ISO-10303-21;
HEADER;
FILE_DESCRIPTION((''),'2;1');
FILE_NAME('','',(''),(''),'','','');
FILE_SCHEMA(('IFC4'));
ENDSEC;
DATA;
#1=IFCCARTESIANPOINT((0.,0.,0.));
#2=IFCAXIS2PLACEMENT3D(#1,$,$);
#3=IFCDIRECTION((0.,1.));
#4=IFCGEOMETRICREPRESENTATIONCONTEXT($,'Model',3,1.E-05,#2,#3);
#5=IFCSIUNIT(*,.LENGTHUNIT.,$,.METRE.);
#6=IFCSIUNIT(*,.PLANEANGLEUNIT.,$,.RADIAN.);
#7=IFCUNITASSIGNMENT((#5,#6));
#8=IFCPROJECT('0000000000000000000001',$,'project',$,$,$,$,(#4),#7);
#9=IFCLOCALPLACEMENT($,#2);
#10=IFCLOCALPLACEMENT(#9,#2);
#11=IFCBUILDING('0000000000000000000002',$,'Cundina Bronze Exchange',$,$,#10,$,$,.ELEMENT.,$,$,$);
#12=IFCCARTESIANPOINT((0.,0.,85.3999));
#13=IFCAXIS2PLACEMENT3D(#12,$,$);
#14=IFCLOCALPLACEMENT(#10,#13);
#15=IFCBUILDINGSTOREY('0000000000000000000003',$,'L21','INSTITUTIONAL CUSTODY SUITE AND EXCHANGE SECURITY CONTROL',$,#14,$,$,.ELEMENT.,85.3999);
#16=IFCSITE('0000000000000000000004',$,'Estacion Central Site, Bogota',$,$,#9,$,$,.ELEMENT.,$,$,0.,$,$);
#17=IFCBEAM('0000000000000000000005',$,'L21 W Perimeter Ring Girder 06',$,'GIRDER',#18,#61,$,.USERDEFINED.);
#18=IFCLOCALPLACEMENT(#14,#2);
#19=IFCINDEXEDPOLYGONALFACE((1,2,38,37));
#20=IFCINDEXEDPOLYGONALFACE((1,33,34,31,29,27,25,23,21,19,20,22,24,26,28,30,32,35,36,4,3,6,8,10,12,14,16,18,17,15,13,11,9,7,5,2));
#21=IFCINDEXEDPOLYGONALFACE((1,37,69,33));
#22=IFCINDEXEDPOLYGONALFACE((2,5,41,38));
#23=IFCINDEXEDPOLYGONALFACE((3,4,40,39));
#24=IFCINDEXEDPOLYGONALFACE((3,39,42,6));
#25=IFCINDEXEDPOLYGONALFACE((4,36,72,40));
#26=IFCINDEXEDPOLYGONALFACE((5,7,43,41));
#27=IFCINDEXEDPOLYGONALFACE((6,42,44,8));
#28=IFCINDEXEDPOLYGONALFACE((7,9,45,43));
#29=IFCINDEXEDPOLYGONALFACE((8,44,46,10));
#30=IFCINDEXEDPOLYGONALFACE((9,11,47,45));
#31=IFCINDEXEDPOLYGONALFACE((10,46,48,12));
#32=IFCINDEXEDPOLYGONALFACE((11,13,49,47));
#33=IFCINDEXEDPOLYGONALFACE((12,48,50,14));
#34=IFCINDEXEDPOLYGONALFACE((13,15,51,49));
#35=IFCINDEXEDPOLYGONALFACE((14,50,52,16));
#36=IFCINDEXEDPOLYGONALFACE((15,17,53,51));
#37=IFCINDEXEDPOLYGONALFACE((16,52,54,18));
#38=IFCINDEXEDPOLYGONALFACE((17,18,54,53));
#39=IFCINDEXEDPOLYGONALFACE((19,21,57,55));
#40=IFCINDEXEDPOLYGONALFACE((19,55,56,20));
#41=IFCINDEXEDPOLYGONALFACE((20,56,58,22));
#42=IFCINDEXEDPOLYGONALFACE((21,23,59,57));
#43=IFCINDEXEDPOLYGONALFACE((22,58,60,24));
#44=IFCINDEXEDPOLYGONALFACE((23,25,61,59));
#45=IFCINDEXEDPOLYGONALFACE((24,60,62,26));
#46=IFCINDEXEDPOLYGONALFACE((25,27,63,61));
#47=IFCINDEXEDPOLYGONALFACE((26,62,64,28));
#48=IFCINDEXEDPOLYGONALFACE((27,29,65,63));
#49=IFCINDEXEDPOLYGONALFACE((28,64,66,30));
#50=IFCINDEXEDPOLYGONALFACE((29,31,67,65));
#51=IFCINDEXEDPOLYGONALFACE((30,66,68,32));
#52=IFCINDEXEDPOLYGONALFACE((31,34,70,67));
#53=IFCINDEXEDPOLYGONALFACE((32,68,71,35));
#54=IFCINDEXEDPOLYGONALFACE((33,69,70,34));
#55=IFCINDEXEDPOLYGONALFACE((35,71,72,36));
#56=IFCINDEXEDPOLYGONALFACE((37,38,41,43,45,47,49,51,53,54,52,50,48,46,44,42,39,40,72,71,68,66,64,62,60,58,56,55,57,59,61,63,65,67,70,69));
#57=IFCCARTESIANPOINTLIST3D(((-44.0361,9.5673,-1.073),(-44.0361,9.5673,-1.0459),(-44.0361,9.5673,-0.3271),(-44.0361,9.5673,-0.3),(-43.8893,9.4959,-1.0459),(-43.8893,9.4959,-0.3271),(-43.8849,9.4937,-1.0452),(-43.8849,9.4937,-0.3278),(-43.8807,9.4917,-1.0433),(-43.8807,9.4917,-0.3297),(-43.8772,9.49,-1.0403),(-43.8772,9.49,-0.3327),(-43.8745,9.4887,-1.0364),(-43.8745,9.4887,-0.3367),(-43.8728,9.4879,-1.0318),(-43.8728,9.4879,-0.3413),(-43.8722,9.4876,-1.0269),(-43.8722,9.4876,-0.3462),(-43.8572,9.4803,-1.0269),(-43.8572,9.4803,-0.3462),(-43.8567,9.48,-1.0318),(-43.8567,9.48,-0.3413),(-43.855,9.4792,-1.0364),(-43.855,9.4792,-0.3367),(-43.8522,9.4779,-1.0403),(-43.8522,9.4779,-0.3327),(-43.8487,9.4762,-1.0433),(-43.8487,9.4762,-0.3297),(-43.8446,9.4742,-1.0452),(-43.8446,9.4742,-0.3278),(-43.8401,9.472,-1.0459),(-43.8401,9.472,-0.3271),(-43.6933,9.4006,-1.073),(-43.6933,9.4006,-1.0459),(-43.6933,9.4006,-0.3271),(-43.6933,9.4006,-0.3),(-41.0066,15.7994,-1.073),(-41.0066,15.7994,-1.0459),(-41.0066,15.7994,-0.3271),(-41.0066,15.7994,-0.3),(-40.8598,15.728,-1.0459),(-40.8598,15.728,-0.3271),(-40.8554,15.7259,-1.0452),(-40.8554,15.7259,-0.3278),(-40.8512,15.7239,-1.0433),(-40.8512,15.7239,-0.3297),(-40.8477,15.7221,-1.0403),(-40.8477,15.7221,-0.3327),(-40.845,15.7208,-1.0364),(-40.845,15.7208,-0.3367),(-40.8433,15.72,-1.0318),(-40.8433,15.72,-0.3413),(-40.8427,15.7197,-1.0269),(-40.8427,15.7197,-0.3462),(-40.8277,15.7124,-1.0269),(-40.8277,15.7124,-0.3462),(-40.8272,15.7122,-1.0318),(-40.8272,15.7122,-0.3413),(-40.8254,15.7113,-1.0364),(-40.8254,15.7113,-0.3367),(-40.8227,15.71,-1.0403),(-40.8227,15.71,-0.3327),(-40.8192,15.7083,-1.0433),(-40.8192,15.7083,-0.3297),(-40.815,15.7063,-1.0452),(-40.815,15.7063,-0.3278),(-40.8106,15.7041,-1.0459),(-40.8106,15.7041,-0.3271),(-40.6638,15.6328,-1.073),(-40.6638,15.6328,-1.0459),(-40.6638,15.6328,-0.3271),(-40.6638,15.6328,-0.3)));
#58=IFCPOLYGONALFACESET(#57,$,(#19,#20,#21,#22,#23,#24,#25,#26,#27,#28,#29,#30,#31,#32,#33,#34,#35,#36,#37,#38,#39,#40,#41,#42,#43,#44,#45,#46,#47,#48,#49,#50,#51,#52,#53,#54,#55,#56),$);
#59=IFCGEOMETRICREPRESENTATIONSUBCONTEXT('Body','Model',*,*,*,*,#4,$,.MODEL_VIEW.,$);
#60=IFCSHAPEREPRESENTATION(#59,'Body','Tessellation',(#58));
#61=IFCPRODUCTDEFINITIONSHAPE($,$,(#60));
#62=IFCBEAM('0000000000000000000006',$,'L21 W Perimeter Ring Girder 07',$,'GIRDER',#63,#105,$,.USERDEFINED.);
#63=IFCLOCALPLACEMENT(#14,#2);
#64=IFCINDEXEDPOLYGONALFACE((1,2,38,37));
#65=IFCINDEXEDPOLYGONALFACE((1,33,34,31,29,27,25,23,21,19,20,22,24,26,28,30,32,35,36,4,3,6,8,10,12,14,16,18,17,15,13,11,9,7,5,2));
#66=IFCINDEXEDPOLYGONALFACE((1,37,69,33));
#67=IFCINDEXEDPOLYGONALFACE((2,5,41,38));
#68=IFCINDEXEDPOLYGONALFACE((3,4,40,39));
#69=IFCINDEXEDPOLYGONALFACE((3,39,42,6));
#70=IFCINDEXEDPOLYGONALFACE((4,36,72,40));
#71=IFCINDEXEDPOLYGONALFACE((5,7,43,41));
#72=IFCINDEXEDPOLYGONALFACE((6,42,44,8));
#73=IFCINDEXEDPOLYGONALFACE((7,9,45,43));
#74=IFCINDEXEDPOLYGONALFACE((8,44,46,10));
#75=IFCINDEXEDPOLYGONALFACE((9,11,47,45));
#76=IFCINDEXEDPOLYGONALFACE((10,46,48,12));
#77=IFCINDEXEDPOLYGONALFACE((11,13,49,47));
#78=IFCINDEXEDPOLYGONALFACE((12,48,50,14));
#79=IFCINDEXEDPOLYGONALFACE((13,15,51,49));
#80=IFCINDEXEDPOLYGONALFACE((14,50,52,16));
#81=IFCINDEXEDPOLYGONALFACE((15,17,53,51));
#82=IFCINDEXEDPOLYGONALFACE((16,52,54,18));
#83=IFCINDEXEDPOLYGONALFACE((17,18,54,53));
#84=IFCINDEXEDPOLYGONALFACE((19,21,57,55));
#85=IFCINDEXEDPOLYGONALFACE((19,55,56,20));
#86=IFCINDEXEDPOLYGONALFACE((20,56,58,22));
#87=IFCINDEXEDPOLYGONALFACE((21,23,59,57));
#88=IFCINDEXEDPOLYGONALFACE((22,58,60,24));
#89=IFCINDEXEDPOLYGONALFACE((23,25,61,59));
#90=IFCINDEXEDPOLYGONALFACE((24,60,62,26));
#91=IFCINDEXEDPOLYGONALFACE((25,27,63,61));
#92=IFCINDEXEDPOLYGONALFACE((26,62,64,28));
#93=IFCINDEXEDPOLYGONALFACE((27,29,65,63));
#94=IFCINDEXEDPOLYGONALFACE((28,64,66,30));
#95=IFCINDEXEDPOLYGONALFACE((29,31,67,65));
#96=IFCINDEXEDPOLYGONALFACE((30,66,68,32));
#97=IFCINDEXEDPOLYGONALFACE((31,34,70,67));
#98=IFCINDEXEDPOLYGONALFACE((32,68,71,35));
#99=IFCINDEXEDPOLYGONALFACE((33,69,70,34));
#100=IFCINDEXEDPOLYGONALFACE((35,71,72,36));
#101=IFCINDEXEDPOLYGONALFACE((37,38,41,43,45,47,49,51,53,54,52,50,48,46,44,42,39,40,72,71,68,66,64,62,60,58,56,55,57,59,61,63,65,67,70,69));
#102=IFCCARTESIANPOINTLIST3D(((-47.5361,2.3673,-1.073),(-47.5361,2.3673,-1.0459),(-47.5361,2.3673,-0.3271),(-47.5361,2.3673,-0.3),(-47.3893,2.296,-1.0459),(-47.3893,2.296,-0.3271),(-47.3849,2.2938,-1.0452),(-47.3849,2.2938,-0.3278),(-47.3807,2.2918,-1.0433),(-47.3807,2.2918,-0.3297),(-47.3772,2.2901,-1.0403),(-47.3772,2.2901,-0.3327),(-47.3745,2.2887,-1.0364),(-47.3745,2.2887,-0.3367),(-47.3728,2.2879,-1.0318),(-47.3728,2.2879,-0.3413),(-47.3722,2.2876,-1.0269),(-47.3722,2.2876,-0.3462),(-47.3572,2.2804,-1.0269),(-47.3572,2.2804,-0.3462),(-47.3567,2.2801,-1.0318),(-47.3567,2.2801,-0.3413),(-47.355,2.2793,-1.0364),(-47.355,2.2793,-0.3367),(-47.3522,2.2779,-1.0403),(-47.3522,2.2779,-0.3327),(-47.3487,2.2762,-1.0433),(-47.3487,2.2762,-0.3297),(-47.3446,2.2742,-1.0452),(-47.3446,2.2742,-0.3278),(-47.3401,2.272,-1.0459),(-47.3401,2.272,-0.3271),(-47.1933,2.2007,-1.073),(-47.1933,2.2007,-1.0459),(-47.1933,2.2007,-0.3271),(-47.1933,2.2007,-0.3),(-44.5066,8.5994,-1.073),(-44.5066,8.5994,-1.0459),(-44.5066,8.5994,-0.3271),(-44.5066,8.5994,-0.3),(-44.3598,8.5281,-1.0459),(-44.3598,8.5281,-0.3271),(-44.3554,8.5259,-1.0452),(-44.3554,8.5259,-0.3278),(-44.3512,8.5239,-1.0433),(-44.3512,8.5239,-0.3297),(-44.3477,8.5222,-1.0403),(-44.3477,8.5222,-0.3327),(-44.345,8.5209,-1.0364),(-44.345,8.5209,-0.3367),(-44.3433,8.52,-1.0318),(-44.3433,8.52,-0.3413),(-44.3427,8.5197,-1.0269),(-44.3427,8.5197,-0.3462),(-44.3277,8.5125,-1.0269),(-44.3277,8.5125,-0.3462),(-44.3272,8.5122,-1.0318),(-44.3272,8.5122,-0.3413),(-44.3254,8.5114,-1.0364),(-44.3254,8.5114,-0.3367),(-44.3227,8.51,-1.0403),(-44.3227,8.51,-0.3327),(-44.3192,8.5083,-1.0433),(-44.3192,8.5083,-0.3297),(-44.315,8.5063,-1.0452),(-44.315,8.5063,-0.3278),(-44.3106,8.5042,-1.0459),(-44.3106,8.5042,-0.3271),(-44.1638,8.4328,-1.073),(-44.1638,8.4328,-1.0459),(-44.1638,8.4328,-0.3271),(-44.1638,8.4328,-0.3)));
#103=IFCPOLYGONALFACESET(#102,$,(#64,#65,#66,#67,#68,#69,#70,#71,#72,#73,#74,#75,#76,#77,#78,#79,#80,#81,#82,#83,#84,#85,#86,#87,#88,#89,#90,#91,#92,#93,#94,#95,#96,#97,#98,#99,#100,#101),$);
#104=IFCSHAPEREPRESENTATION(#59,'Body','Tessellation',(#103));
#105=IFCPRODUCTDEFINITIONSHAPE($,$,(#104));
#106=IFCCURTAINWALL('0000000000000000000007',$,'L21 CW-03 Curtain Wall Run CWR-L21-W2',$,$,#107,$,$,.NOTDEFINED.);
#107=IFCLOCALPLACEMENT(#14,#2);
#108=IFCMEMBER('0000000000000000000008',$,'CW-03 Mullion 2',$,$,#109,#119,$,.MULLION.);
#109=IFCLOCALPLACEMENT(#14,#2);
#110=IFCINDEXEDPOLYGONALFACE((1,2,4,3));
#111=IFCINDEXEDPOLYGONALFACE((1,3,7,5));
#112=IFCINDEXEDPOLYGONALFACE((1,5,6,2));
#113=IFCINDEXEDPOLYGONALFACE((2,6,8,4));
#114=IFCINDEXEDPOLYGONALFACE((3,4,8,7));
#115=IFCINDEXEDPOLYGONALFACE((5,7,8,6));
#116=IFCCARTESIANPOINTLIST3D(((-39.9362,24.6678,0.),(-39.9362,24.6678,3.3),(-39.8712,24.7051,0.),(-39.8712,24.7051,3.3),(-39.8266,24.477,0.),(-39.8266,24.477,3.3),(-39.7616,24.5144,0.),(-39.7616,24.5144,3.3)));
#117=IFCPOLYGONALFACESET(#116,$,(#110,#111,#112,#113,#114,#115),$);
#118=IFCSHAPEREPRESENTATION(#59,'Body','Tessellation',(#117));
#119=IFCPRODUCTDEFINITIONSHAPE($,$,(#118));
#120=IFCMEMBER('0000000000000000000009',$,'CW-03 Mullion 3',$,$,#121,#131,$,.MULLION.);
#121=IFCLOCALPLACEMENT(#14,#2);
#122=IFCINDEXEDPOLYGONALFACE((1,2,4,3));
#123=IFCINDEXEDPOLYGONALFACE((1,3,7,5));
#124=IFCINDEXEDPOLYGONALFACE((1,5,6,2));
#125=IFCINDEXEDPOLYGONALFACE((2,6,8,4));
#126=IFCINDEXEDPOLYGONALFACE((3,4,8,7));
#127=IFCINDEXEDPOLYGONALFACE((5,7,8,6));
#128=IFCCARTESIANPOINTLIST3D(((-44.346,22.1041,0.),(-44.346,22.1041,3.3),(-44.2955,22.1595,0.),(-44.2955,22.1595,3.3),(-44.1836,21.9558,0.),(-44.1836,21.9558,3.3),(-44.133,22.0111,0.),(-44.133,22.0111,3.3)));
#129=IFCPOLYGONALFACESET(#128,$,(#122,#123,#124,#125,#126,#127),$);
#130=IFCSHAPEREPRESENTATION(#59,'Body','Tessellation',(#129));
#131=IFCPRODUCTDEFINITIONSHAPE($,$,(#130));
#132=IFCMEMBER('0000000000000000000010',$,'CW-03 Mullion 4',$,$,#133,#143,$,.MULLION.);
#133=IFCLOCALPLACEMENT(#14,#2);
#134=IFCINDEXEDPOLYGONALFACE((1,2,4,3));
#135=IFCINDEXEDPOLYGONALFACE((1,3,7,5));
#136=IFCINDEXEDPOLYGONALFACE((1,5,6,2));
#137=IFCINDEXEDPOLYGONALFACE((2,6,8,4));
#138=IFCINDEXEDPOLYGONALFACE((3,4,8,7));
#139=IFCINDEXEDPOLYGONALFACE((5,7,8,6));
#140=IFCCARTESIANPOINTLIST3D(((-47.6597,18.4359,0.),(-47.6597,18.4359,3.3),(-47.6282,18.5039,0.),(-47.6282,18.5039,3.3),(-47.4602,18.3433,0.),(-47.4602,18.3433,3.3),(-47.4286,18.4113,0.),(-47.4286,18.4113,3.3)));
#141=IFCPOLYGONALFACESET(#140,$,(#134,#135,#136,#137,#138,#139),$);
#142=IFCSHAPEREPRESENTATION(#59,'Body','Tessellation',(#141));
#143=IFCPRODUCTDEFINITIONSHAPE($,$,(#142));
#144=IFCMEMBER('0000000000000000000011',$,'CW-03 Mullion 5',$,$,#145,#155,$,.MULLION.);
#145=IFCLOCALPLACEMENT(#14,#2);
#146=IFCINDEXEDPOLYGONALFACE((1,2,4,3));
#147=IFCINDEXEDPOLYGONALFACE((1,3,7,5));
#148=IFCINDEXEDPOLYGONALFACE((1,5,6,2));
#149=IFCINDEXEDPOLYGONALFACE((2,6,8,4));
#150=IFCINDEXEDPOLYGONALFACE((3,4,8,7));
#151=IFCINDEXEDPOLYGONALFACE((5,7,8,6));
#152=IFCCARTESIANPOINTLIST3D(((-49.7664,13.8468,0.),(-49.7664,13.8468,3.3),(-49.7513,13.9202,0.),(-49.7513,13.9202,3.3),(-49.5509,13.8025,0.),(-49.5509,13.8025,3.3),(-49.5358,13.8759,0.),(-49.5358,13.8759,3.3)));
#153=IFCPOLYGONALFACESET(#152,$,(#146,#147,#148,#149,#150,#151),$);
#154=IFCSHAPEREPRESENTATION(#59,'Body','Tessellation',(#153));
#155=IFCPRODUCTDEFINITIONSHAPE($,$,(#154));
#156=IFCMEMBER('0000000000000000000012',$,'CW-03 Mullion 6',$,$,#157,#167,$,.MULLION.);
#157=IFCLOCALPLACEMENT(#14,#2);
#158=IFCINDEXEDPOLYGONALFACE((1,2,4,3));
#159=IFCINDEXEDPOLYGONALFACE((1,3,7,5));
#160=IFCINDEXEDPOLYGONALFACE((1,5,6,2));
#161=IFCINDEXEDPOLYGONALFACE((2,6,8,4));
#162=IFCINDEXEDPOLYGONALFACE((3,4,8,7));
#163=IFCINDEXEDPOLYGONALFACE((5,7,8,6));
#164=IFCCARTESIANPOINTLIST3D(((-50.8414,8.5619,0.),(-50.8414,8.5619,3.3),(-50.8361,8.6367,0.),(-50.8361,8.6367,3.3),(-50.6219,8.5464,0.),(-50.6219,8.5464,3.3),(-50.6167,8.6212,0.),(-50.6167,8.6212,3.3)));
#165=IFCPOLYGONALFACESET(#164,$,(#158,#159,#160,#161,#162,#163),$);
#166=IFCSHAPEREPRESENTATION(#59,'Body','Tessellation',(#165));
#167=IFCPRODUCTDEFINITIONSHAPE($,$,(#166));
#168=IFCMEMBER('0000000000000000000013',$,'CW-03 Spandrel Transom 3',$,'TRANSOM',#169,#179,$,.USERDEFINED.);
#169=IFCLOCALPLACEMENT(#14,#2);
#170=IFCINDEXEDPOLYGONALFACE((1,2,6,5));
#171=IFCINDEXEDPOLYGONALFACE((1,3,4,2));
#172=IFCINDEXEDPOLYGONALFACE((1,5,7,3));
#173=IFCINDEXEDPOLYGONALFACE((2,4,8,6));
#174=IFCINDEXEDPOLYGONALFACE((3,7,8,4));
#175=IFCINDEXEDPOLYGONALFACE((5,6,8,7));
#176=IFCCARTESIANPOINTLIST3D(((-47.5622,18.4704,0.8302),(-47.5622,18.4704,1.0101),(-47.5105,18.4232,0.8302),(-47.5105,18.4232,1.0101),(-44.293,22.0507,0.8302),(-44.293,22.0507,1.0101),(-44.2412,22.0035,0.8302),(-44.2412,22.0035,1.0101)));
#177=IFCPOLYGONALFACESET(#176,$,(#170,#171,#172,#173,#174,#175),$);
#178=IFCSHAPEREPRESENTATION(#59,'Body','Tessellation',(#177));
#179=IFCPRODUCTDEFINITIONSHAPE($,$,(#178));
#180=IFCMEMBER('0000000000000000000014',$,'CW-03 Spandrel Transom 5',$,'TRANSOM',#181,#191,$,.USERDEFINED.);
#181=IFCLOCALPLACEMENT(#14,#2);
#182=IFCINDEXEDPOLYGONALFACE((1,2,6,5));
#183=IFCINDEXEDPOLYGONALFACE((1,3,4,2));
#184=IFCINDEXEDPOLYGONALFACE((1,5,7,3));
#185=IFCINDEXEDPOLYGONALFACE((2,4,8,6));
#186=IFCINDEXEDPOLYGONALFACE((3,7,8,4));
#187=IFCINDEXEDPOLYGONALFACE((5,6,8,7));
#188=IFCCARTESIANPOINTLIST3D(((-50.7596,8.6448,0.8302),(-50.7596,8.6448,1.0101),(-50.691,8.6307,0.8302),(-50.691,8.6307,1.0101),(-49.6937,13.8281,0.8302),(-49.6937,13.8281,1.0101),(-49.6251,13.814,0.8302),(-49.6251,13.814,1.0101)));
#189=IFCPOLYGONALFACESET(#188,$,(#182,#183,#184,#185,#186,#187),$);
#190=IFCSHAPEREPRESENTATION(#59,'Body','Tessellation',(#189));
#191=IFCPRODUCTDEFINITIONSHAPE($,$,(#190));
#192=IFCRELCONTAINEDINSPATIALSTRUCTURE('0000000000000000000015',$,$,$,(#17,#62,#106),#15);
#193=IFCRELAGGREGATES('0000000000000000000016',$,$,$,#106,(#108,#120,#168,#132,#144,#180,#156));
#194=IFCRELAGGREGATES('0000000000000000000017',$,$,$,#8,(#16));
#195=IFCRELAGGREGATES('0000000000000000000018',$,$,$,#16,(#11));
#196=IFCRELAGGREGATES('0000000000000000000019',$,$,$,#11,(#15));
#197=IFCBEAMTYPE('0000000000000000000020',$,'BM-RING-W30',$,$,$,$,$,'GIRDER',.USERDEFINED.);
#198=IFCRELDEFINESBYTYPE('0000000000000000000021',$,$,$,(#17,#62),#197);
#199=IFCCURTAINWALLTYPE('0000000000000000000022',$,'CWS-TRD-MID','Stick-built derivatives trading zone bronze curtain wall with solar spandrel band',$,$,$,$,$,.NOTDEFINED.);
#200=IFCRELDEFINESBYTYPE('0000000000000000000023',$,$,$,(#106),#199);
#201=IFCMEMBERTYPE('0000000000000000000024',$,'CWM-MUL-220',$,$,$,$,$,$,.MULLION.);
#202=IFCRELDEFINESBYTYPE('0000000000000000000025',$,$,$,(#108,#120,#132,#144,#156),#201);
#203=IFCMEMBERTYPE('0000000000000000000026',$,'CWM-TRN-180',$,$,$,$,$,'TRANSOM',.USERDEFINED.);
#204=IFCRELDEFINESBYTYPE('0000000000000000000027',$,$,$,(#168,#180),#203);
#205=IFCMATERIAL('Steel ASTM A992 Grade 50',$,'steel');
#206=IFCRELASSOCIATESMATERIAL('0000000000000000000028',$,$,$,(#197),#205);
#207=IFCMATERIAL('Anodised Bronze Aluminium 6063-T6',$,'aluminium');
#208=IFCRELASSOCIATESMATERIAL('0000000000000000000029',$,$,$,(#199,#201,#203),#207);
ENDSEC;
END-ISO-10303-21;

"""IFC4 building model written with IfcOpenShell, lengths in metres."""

from ifc_helpers import new_model, si_unit, direction, frame, origin, origin_2d, place, context, subcontext, project, spatial, rectangle, i_section, extrude, material, material_profile, profile_set, type_object, element, aggregate, save


model = new_model("IFC4")

# Units and contexts
model_context = context("Model", 3, precision=1e-05, world=origin(), true_north=direction((0.0, 1.0)))
body_context = subcontext(model_context, "Body", "Model", "MODEL_VIEW")
ifc_project = project(units=[si_unit("LENGTHUNIT", "METRE"), si_unit("PLANEANGLEUNIT", "RADIAN")], contexts=[model_context])

# Site, building, storey
site_placement = place(None, origin())
site = spatial("IfcSite", under=ifc_project, at=site_placement, Name="Estacion Central Site, Bogota", CompositionType="ELEMENT", RefElevation=0.0)
building_placement = place(site_placement, origin())
building = spatial("IfcBuilding", under=site, at=building_placement, Name="Cundina Bronze Exchange", CompositionType="ELEMENT")
storey_placement = place(building_placement, frame((0.0, 0.0, 85.3999)))
storey = spatial("IfcBuildingStorey", under=building, at=storey_placement, Name="L21", Description="INSTITUTIONAL CUSTODY SUITE AND EXCHANGE SECURITY CONTROL", CompositionType="ELEMENT", Elevation=85.3999)

# Beams
ifc_material_1 = material(Name="Steel ASTM A992 Grade 50", Category="steel")
ifc_material_profile_1 = material_profile(ifc_material_1, i_section(OverallWidth=0.3811, OverallDepth=0.7729, WebThickness=0.0166, FlangeThickness=0.0271, FilletRadius=0.019, at=origin_2d()), Name="W30X173", Category="steel")
ifc_profile_set_1 = profile_set([ifc_material_profile_1], Name="Steel ASTM A992 Grade 50")
beam_type_1 = type_object("IfcBeamType", Name="BM-RING-W30", ElementType="GIRDER", PredefinedType="USERDEFINED", material=ifc_profile_set_1)
for number, where, z_axis, x_axis, name in (
    (1, (-40.8352, 15.7161, -0.6865), (-0.437194, -0.899367, 0.0), (0.899367, -0.437194, 0.0), "L21 W Perimeter Ring Girder 06"),
    (2, (-44.3352, 8.5161, -0.6865), (-0.437194, -0.899367, 0.0), (0.899367, -0.437194, 0.0), "L21 W Perimeter Ring Girder 07"),
):
    element("IfcBeam", number, at=place(storey_placement, frame(where, z_axis=z_axis, x_axis=x_axis)), inside=storey, type_object=beam_type_1, Name=name, ObjectType="GIRDER", PredefinedType="USERDEFINED", context=body_context, shape_type="SweptSolid", body=[
        extrude(i_section(OverallWidth=0.3811, OverallDepth=0.7729, WebThickness=0.0166, FlangeThickness=0.0271, FilletRadius=0.019, at=origin_2d()), origin(), (0.0, 0.0, 1.0), 6.9294),
    ])

# Curtain wall, members
ifc_material_2 = material(Name="Anodised Bronze Aluminium 6063-T6", Category="aluminium")
curtain_wall_type = type_object("IfcCurtainWallType", Name="CWS-TRD-MID", Description="Stick-built derivatives trading zone bronze curtain wall with solar spandrel band", PredefinedType="NOTDEFINED", material=ifc_material_2)
curtain_wall_placement = place(storey_placement, origin())
curtain_wall = element("IfcCurtainWall", 3, at=curtain_wall_placement, inside=storey, type_object=curtain_wall_type, Name="L21 CW-03 Curtain Wall Run CWR-L21-W2", PredefinedType="NOTDEFINED")
ifc_material_profile_2 = material_profile(ifc_material_2, rectangle(XDim=0.075, YDim=0.22, at=origin_2d()), Name="AL75X220", Category="aluminium")
ifc_profile_set_2 = profile_set([ifc_material_profile_2], Name="Anodised Bronze Aluminium 6063-T6")
member_type_1 = type_object("IfcMemberType", Name="CWM-MUL-220", PredefinedType="MULLION", material=ifc_profile_set_2)
member_1_placement = place(storey_placement, frame((-39.8489, 24.5911, 0.0), z_axis=(0.0, 0.0, 1.0), x_axis=(-0.867071, -0.498185, 0.0)))
member_1 = element("IfcMember", 4, at=member_1_placement, type_object=member_type_1, Name="CW-03 Mullion 2", PredefinedType="MULLION", context=body_context, shape_type="SweptSolid", body=[
    extrude(rectangle(XDim=0.075, YDim=0.22, at=origin_2d()), origin(), (0.0, 0.0, 1.0), 3.3),
])
member_2_placement = place(storey_placement, frame((-44.2395, 22.0576, 0.0), z_axis=(0.0, 0.0, 1.0), x_axis=(-0.674302, -0.738455, 0.0)))
member_2 = element("IfcMember", 5, at=member_2_placement, type_object=member_type_1, Name="CW-03 Mullion 3", PredefinedType="MULLION", context=body_context, shape_type="SweptSolid", body=[
    extrude(rectangle(XDim=0.075, YDim=0.22, at=origin_2d()), origin(), (0.0, 0.0, 1.0), 3.3),
])
member_3_placement = place(storey_placement, frame((-47.5442, 18.4236, 0.0), z_axis=(0.0, 0.0, 1.0), x_axis=(-0.420877, -0.907117, 0.0)))
member_3 = element("IfcMember", 6, at=member_3_placement, type_object=member_type_1, Name="CW-03 Mullion 4", PredefinedType="MULLION", context=body_context, shape_type="SweptSolid", body=[
    extrude(rectangle(XDim=0.075, YDim=0.22, at=origin_2d()), origin(), (0.0, 0.0, 1.0), 3.3),
])
member_4_placement = place(storey_placement, frame((-49.6511, 13.8613, 0.0), z_axis=(0.0, 0.0, 1.0), x_axis=(-0.20142, -0.979505, 0.0)))
member_4 = element("IfcMember", 7, at=member_4_placement, type_object=member_type_1, Name="CW-03 Mullion 5", PredefinedType="MULLION", context=body_context, shape_type="SweptSolid", body=[
    extrude(rectangle(XDim=0.075, YDim=0.22, at=origin_2d()), origin(), (0.0, 0.0, 1.0), 3.3),
])
member_5_placement = place(storey_placement, frame((-50.729, 8.5916, 0.0), z_axis=(0.0, 0.0, 1.0), x_axis=(-0.070279, -0.997527, 0.0)))
member_5 = element("IfcMember", 8, at=member_5_placement, type_object=member_type_1, Name="CW-03 Mullion 6", PredefinedType="MULLION", context=body_context, shape_type="SweptSolid", body=[
    extrude(rectangle(XDim=0.075, YDim=0.22, at=origin_2d()), origin(), (0.0, 0.0, 1.0), 3.3),
])
ifc_material_profile_3 = material_profile(ifc_material_2, rectangle(XDim=0.0701, YDim=0.1799, at=origin_2d()), Name="AL70X180", Category="aluminium")
ifc_profile_set_3 = profile_set([ifc_material_profile_3], Name="Anodised Bronze Aluminium 6063-T6")
member_type_2 = type_object("IfcMemberType", Name="CWM-TRN-180", ElementType="TRANSOM", PredefinedType="USERDEFINED", material=ifc_profile_set_3)
member_6_placement = place(storey_placement, frame((-44.2671, 22.0271, 0.9202), z_axis=(-0.674303, -0.738455, 0.0), x_axis=(0.738455, -0.674303, 0.0)))
member_6 = element("IfcMember", 9, at=member_6_placement, type_object=member_type_2, Name="CW-03 Spandrel Transom 3", ObjectType="TRANSOM", PredefinedType="USERDEFINED", context=body_context, shape_type="SweptSolid", body=[
    extrude(rectangle(XDim=0.0701, YDim=0.1799, at=origin_2d()), origin(), (0.0, 0.0, 1.0), 4.8484),
])
member_7_placement = place(storey_placement, frame((-49.6594, 13.821, 0.9202), z_axis=(-0.201428, -0.979503, 0.0), x_axis=(0.979503, -0.201428, 0.0)))
member_7 = element("IfcMember", 10, at=member_7_placement, type_object=member_type_2, Name="CW-03 Spandrel Transom 5", ObjectType="TRANSOM", PredefinedType="USERDEFINED", context=body_context, shape_type="SweptSolid", body=[
    extrude(rectangle(XDim=0.0701, YDim=0.1799, at=origin_2d()), origin(), (0.0, 0.0, 1.0), 5.2917),
])
aggregate(curtain_wall, [member_1, member_2, member_6, member_3, member_4, member_7, member_5])

save(model, "model.ifc")
